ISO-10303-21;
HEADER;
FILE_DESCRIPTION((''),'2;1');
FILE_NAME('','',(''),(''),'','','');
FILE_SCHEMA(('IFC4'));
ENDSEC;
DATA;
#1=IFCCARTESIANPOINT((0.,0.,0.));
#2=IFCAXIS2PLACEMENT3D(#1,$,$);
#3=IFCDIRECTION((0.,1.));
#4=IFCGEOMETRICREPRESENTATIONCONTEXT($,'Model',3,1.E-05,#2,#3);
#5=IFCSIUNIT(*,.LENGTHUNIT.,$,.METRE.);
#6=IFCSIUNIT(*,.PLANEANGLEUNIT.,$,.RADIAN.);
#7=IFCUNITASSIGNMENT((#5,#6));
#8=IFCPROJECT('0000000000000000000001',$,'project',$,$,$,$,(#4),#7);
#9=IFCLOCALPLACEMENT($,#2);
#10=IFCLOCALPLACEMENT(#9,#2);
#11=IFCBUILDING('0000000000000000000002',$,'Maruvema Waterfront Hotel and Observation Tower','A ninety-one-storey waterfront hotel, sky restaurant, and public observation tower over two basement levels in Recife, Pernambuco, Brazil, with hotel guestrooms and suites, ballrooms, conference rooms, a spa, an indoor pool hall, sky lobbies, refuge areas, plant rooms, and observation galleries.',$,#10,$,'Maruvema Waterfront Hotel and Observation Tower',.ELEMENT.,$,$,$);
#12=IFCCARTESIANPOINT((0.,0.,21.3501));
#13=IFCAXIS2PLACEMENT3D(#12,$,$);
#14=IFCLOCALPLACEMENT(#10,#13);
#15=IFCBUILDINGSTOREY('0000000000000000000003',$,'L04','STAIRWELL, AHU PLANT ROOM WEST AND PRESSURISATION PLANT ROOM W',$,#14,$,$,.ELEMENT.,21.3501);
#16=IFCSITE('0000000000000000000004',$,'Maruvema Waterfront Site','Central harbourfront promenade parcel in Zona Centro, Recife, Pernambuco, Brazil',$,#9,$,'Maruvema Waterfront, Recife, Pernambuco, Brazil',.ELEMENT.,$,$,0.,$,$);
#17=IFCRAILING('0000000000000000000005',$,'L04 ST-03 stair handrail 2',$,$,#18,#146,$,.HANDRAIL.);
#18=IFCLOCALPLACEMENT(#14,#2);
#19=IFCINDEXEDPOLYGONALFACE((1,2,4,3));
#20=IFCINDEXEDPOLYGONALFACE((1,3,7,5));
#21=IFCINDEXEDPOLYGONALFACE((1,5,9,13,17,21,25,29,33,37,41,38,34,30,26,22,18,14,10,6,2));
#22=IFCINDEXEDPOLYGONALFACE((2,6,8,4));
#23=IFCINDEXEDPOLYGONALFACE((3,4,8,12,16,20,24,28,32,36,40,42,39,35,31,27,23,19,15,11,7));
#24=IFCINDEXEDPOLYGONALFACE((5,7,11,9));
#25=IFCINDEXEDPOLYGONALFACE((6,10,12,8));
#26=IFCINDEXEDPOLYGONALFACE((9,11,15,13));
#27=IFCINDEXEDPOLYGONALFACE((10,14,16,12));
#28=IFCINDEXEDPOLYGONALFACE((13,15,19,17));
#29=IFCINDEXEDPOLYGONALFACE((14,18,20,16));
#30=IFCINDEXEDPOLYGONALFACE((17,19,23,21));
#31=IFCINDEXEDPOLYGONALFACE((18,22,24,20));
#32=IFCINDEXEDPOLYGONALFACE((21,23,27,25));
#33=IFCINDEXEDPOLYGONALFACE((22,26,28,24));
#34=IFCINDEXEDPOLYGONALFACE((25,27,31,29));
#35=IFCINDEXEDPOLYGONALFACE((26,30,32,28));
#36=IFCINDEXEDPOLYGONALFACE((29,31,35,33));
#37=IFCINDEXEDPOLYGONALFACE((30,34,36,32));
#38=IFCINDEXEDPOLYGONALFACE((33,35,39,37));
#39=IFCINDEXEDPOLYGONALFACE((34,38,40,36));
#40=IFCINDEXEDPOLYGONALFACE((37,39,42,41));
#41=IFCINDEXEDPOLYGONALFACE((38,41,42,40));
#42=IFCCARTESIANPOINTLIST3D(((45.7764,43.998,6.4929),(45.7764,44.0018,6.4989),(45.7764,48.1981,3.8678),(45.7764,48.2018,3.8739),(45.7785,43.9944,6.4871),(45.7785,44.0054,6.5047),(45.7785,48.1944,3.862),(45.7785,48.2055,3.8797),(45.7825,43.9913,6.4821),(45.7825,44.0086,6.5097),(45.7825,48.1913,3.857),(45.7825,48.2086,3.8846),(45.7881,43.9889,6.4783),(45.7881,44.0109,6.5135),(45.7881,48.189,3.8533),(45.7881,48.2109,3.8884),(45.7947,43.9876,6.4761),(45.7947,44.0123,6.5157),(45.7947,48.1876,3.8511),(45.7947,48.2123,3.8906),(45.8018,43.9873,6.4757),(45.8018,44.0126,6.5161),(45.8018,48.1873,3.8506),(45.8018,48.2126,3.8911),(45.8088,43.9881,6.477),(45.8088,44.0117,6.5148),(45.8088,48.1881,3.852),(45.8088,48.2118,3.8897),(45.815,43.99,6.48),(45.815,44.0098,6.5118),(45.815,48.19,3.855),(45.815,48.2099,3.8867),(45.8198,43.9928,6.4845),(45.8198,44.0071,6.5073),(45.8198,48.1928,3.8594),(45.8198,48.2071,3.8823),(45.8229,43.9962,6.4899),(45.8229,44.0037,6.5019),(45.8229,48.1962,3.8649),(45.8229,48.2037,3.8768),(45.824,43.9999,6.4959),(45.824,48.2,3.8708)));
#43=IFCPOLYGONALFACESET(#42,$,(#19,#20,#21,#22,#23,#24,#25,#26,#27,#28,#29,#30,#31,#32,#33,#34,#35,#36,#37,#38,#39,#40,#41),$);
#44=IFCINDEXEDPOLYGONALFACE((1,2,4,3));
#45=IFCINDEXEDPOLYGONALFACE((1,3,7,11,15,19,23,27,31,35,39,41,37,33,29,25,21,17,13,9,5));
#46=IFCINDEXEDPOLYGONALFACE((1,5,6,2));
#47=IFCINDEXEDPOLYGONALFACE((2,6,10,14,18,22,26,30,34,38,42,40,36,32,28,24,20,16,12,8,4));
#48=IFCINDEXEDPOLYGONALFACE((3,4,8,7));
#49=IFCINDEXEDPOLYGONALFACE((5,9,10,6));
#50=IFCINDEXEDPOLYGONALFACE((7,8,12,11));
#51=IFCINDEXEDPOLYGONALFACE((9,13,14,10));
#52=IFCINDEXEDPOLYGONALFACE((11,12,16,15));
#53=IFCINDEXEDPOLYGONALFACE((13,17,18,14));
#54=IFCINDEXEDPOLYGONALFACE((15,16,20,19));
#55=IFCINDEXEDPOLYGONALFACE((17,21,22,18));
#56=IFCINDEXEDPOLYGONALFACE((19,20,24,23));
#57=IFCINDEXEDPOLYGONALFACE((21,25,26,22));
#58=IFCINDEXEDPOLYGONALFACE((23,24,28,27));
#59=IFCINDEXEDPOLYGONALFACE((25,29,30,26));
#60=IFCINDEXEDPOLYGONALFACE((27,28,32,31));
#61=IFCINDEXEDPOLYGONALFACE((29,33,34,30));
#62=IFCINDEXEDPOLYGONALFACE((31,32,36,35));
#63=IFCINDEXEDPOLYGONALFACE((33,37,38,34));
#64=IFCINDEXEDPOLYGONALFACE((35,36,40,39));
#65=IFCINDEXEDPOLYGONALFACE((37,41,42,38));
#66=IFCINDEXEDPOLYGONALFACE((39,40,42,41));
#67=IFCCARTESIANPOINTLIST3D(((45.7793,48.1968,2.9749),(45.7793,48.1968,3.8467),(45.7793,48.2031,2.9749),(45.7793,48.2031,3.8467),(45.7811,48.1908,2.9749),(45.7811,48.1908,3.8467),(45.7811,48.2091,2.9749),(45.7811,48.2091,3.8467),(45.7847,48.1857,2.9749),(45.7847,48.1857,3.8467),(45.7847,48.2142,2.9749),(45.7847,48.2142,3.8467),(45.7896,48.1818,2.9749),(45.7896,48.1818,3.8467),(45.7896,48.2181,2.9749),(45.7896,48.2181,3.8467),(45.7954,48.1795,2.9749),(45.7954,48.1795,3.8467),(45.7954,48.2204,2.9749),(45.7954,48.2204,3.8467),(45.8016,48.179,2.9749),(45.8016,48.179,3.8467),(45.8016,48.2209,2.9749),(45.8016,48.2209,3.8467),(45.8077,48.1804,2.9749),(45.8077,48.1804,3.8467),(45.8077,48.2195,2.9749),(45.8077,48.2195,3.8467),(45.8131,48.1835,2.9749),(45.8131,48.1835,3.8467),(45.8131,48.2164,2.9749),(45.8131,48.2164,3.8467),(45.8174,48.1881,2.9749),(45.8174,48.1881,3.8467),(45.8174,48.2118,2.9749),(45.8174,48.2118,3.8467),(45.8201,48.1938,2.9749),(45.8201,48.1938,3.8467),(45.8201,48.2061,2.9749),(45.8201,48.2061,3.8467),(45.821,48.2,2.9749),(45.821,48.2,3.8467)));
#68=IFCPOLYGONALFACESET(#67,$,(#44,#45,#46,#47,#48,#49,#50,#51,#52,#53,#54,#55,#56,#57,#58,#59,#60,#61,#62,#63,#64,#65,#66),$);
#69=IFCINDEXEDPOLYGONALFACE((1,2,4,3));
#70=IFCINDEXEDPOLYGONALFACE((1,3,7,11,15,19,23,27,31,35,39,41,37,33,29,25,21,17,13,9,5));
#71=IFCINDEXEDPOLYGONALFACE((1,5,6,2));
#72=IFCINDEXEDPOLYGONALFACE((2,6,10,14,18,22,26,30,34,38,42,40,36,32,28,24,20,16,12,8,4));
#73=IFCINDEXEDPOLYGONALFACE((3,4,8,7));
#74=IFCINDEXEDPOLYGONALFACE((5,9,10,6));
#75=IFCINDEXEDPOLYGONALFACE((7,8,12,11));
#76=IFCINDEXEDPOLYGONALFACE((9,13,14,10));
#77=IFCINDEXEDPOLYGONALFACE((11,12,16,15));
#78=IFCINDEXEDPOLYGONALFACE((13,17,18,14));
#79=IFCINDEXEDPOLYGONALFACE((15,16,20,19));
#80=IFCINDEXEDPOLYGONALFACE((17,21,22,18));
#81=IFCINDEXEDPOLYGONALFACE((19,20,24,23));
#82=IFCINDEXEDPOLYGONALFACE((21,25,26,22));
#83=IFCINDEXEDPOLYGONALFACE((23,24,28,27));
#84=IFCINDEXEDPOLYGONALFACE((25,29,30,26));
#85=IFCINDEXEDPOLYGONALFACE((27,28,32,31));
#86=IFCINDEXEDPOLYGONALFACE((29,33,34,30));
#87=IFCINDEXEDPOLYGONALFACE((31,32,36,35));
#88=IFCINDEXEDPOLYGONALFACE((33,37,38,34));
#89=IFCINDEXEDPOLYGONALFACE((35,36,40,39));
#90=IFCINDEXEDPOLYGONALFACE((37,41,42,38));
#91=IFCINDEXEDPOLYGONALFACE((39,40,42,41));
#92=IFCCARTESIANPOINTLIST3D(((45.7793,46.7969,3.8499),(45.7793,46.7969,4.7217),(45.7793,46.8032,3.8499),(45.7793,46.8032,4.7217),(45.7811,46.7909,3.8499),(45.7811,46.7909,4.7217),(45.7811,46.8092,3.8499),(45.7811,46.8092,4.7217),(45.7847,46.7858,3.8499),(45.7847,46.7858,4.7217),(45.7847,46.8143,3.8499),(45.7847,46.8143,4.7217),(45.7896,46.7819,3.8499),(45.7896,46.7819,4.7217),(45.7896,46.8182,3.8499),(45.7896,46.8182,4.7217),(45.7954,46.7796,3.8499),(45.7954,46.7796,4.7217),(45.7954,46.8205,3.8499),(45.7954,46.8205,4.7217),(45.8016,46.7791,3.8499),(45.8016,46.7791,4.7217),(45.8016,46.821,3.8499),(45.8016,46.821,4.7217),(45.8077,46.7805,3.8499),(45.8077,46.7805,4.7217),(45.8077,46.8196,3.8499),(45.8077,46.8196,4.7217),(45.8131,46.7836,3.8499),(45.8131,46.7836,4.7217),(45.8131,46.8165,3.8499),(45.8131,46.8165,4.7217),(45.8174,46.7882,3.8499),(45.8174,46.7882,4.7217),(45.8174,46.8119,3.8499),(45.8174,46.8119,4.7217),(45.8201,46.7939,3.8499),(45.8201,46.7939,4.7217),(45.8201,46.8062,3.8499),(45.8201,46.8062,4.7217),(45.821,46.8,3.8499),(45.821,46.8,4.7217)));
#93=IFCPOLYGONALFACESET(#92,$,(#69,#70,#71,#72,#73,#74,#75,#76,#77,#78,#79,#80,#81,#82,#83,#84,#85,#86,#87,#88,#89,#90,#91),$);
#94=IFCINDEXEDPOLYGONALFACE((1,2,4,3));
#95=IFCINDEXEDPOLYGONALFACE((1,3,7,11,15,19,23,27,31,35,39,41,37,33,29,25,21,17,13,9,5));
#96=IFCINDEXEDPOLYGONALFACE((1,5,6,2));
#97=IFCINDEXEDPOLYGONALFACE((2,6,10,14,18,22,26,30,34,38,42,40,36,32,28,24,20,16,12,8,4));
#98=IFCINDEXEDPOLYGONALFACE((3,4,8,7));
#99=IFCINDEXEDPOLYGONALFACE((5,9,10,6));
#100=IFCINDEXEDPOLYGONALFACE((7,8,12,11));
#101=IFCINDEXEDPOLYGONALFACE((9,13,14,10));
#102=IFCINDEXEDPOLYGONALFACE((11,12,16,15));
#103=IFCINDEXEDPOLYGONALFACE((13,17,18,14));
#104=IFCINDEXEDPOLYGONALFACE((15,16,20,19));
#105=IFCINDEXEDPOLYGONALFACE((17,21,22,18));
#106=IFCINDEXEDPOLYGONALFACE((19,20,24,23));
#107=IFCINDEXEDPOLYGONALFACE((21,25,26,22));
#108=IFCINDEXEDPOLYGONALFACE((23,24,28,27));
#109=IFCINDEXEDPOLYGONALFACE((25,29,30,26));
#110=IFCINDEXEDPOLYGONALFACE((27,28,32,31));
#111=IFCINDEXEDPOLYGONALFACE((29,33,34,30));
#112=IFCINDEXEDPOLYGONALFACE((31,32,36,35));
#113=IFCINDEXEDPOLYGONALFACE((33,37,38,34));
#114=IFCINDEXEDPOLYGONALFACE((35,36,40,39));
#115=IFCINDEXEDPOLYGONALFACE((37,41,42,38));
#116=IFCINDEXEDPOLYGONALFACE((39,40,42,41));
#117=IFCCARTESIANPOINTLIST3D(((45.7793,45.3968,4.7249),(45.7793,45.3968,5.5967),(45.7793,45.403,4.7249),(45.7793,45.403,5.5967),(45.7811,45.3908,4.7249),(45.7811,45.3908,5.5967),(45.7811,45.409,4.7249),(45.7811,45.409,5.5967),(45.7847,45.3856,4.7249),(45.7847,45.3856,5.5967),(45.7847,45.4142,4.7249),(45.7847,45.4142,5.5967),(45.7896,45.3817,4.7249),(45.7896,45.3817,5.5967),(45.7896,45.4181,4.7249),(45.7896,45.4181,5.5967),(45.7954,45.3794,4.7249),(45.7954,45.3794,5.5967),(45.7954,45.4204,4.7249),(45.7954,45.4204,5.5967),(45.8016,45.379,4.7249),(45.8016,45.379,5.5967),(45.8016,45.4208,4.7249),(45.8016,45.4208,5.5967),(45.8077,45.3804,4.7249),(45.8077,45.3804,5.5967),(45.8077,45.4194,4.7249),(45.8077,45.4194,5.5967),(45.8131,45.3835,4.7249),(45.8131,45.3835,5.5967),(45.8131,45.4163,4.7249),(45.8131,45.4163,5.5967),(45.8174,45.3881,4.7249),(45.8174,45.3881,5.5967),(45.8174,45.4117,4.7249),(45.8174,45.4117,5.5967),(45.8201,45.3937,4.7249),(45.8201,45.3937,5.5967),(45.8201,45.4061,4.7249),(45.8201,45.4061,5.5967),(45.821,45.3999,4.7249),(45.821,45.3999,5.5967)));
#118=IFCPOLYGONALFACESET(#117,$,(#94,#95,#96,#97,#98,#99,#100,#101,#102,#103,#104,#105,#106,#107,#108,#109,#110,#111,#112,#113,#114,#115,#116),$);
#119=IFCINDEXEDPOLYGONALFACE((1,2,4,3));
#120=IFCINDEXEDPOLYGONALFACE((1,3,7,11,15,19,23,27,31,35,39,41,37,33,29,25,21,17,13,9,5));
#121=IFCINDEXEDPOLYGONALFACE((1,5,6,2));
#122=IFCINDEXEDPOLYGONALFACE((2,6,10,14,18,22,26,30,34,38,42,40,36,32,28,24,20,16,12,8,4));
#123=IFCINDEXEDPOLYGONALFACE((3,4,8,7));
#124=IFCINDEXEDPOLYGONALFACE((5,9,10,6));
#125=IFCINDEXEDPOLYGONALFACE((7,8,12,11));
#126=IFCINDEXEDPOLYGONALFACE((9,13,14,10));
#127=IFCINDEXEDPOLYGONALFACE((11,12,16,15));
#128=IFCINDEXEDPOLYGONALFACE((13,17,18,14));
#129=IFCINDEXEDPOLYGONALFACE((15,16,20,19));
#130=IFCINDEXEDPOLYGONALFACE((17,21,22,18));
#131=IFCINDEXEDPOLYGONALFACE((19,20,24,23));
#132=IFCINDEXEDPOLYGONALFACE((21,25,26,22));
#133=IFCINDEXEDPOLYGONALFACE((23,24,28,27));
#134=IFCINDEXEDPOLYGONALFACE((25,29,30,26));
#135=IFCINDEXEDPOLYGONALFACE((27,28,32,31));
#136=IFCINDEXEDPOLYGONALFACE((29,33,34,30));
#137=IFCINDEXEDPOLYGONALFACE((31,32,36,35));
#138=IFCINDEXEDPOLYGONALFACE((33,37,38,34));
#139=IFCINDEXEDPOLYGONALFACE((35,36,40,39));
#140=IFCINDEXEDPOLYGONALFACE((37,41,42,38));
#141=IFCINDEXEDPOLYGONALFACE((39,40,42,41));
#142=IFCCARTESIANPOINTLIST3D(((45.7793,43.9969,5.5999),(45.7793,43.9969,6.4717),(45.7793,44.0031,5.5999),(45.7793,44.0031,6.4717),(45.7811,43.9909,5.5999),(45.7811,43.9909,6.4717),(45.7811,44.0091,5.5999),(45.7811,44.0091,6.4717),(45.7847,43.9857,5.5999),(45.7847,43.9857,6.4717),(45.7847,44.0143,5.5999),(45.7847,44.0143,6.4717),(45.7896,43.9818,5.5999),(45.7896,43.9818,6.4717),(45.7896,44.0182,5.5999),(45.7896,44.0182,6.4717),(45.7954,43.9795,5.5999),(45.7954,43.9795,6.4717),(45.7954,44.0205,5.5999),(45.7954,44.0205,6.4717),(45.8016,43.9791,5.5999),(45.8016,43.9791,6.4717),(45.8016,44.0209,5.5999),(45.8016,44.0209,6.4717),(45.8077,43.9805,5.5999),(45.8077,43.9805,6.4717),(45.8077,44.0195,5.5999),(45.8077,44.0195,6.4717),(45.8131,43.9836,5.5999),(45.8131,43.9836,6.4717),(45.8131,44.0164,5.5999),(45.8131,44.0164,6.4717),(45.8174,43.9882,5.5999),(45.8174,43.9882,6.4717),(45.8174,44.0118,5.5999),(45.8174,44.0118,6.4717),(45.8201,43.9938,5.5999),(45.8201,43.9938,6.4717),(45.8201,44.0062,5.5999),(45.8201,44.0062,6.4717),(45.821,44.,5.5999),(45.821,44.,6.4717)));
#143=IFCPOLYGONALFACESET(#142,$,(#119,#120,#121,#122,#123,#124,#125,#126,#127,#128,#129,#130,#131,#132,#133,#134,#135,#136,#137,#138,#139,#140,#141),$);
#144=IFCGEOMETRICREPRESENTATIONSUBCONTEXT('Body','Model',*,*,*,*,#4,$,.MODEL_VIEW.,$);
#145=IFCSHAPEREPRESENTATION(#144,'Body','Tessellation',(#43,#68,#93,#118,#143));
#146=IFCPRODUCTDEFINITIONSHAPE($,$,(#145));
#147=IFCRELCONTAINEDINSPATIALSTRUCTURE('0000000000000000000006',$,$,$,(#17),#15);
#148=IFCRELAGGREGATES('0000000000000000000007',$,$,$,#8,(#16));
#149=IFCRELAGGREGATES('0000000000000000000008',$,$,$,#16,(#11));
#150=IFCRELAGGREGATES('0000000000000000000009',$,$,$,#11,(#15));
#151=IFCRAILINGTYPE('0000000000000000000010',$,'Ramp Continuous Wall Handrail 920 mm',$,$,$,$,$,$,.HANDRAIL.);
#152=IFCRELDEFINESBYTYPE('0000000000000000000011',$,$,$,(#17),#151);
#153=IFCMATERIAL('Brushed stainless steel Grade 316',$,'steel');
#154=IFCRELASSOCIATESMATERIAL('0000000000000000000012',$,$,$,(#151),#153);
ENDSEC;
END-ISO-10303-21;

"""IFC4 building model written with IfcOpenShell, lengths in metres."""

from ifc_helpers import new_model, si_unit, direction, frame, origin, origin_2d, place, context, subcontext, project, spatial, circle, extrude, material, type_object, element, save


model = new_model("IFC4")

# Units and contexts
model_context = context("Model", 3, precision=1e-05, world=origin(), true_north=direction((0.0, 1.0)))
body_context = subcontext(model_context, "Body", "Model", "MODEL_VIEW")
ifc_project = project(units=[si_unit("LENGTHUNIT", "METRE"), si_unit("PLANEANGLEUNIT", "RADIAN")], contexts=[model_context])

# Site, building, storey
site_placement = place(None, origin())
site = spatial("IfcSite", under=ifc_project, at=site_placement, Name="Maruvema Waterfront Site", Description="Central harbourfront promenade parcel in Zona Centro, Recife, Pernambuco, Brazil", LongName="Maruvema Waterfront, Recife, Pernambuco, Brazil", CompositionType="ELEMENT", RefElevation=0.0)
building_placement = place(site_placement, origin())
building = spatial("IfcBuilding", under=site, at=building_placement, Name="Maruvema Waterfront Hotel and Observation Tower", Description="A ninety-one-storey waterfront hotel, sky restaurant, and public observation tower over two basement levels in Recife, Pernambuco, Brazil, with hotel guestrooms and suites, ballrooms, conference rooms, a spa, an indoor pool hall, sky lobbies, refuge areas, plant rooms, and observation galleries.", LongName="Maruvema Waterfront Hotel and Observation Tower", CompositionType="ELEMENT")
storey_placement = place(building_placement, frame((0.0, 0.0, 21.3501)))
storey = spatial("IfcBuildingStorey", under=building, at=storey_placement, Name="L04", Description="STAIRWELL, AHU PLANT ROOM WEST AND PRESSURISATION PLANT ROOM W", CompositionType="ELEMENT", Elevation=21.3501)

# Railing
ifc_material_1 = material(Name="Brushed stainless steel Grade 316", Category="steel")
railing_type_1 = type_object("IfcRailingType", Name="Ramp Continuous Wall Handrail 920 mm", PredefinedType="HANDRAIL", material=ifc_material_1)
railing_1_placement = place(storey_placement, frame((45.8, 48.2, 2.9749)))
element("IfcRailing", 1, at=railing_1_placement, inside=storey, type_object=railing_type_1, Name="L04 ST-03 stair handrail 2", PredefinedType="HANDRAIL", context=body_context, shape_type="SweptSolid", body=[
    extrude(circle(Radius=0.0239, at=origin_2d()), frame((0.0, 0.0, 0.896), z_axis=(0.0, -0.847996, 0.530003), x_axis=(1.0, 0.0, 0.0)), (0.0, 0.0, 1.0), 4.9529),
    extrude(circle(Radius=0.021, at=origin_2d()), origin(), (0.0, 0.0, 1.0), 0.8718),
    extrude(circle(Radius=0.021, at=origin_2d()), frame((0.0, -1.3999, 0.875)), (0.0, 0.0, 1.0), 0.8718),
    extrude(circle(Radius=0.021, at=origin_2d()), frame((0.0, -2.8, 1.75)), (0.0, 0.0, 1.0), 0.8718),
    extrude(circle(Radius=0.021, at=origin_2d()), frame((0.0, -4.2, 2.625)), (0.0, 0.0, 1.0), 0.8718),
])

save(model, "model.ifc")
